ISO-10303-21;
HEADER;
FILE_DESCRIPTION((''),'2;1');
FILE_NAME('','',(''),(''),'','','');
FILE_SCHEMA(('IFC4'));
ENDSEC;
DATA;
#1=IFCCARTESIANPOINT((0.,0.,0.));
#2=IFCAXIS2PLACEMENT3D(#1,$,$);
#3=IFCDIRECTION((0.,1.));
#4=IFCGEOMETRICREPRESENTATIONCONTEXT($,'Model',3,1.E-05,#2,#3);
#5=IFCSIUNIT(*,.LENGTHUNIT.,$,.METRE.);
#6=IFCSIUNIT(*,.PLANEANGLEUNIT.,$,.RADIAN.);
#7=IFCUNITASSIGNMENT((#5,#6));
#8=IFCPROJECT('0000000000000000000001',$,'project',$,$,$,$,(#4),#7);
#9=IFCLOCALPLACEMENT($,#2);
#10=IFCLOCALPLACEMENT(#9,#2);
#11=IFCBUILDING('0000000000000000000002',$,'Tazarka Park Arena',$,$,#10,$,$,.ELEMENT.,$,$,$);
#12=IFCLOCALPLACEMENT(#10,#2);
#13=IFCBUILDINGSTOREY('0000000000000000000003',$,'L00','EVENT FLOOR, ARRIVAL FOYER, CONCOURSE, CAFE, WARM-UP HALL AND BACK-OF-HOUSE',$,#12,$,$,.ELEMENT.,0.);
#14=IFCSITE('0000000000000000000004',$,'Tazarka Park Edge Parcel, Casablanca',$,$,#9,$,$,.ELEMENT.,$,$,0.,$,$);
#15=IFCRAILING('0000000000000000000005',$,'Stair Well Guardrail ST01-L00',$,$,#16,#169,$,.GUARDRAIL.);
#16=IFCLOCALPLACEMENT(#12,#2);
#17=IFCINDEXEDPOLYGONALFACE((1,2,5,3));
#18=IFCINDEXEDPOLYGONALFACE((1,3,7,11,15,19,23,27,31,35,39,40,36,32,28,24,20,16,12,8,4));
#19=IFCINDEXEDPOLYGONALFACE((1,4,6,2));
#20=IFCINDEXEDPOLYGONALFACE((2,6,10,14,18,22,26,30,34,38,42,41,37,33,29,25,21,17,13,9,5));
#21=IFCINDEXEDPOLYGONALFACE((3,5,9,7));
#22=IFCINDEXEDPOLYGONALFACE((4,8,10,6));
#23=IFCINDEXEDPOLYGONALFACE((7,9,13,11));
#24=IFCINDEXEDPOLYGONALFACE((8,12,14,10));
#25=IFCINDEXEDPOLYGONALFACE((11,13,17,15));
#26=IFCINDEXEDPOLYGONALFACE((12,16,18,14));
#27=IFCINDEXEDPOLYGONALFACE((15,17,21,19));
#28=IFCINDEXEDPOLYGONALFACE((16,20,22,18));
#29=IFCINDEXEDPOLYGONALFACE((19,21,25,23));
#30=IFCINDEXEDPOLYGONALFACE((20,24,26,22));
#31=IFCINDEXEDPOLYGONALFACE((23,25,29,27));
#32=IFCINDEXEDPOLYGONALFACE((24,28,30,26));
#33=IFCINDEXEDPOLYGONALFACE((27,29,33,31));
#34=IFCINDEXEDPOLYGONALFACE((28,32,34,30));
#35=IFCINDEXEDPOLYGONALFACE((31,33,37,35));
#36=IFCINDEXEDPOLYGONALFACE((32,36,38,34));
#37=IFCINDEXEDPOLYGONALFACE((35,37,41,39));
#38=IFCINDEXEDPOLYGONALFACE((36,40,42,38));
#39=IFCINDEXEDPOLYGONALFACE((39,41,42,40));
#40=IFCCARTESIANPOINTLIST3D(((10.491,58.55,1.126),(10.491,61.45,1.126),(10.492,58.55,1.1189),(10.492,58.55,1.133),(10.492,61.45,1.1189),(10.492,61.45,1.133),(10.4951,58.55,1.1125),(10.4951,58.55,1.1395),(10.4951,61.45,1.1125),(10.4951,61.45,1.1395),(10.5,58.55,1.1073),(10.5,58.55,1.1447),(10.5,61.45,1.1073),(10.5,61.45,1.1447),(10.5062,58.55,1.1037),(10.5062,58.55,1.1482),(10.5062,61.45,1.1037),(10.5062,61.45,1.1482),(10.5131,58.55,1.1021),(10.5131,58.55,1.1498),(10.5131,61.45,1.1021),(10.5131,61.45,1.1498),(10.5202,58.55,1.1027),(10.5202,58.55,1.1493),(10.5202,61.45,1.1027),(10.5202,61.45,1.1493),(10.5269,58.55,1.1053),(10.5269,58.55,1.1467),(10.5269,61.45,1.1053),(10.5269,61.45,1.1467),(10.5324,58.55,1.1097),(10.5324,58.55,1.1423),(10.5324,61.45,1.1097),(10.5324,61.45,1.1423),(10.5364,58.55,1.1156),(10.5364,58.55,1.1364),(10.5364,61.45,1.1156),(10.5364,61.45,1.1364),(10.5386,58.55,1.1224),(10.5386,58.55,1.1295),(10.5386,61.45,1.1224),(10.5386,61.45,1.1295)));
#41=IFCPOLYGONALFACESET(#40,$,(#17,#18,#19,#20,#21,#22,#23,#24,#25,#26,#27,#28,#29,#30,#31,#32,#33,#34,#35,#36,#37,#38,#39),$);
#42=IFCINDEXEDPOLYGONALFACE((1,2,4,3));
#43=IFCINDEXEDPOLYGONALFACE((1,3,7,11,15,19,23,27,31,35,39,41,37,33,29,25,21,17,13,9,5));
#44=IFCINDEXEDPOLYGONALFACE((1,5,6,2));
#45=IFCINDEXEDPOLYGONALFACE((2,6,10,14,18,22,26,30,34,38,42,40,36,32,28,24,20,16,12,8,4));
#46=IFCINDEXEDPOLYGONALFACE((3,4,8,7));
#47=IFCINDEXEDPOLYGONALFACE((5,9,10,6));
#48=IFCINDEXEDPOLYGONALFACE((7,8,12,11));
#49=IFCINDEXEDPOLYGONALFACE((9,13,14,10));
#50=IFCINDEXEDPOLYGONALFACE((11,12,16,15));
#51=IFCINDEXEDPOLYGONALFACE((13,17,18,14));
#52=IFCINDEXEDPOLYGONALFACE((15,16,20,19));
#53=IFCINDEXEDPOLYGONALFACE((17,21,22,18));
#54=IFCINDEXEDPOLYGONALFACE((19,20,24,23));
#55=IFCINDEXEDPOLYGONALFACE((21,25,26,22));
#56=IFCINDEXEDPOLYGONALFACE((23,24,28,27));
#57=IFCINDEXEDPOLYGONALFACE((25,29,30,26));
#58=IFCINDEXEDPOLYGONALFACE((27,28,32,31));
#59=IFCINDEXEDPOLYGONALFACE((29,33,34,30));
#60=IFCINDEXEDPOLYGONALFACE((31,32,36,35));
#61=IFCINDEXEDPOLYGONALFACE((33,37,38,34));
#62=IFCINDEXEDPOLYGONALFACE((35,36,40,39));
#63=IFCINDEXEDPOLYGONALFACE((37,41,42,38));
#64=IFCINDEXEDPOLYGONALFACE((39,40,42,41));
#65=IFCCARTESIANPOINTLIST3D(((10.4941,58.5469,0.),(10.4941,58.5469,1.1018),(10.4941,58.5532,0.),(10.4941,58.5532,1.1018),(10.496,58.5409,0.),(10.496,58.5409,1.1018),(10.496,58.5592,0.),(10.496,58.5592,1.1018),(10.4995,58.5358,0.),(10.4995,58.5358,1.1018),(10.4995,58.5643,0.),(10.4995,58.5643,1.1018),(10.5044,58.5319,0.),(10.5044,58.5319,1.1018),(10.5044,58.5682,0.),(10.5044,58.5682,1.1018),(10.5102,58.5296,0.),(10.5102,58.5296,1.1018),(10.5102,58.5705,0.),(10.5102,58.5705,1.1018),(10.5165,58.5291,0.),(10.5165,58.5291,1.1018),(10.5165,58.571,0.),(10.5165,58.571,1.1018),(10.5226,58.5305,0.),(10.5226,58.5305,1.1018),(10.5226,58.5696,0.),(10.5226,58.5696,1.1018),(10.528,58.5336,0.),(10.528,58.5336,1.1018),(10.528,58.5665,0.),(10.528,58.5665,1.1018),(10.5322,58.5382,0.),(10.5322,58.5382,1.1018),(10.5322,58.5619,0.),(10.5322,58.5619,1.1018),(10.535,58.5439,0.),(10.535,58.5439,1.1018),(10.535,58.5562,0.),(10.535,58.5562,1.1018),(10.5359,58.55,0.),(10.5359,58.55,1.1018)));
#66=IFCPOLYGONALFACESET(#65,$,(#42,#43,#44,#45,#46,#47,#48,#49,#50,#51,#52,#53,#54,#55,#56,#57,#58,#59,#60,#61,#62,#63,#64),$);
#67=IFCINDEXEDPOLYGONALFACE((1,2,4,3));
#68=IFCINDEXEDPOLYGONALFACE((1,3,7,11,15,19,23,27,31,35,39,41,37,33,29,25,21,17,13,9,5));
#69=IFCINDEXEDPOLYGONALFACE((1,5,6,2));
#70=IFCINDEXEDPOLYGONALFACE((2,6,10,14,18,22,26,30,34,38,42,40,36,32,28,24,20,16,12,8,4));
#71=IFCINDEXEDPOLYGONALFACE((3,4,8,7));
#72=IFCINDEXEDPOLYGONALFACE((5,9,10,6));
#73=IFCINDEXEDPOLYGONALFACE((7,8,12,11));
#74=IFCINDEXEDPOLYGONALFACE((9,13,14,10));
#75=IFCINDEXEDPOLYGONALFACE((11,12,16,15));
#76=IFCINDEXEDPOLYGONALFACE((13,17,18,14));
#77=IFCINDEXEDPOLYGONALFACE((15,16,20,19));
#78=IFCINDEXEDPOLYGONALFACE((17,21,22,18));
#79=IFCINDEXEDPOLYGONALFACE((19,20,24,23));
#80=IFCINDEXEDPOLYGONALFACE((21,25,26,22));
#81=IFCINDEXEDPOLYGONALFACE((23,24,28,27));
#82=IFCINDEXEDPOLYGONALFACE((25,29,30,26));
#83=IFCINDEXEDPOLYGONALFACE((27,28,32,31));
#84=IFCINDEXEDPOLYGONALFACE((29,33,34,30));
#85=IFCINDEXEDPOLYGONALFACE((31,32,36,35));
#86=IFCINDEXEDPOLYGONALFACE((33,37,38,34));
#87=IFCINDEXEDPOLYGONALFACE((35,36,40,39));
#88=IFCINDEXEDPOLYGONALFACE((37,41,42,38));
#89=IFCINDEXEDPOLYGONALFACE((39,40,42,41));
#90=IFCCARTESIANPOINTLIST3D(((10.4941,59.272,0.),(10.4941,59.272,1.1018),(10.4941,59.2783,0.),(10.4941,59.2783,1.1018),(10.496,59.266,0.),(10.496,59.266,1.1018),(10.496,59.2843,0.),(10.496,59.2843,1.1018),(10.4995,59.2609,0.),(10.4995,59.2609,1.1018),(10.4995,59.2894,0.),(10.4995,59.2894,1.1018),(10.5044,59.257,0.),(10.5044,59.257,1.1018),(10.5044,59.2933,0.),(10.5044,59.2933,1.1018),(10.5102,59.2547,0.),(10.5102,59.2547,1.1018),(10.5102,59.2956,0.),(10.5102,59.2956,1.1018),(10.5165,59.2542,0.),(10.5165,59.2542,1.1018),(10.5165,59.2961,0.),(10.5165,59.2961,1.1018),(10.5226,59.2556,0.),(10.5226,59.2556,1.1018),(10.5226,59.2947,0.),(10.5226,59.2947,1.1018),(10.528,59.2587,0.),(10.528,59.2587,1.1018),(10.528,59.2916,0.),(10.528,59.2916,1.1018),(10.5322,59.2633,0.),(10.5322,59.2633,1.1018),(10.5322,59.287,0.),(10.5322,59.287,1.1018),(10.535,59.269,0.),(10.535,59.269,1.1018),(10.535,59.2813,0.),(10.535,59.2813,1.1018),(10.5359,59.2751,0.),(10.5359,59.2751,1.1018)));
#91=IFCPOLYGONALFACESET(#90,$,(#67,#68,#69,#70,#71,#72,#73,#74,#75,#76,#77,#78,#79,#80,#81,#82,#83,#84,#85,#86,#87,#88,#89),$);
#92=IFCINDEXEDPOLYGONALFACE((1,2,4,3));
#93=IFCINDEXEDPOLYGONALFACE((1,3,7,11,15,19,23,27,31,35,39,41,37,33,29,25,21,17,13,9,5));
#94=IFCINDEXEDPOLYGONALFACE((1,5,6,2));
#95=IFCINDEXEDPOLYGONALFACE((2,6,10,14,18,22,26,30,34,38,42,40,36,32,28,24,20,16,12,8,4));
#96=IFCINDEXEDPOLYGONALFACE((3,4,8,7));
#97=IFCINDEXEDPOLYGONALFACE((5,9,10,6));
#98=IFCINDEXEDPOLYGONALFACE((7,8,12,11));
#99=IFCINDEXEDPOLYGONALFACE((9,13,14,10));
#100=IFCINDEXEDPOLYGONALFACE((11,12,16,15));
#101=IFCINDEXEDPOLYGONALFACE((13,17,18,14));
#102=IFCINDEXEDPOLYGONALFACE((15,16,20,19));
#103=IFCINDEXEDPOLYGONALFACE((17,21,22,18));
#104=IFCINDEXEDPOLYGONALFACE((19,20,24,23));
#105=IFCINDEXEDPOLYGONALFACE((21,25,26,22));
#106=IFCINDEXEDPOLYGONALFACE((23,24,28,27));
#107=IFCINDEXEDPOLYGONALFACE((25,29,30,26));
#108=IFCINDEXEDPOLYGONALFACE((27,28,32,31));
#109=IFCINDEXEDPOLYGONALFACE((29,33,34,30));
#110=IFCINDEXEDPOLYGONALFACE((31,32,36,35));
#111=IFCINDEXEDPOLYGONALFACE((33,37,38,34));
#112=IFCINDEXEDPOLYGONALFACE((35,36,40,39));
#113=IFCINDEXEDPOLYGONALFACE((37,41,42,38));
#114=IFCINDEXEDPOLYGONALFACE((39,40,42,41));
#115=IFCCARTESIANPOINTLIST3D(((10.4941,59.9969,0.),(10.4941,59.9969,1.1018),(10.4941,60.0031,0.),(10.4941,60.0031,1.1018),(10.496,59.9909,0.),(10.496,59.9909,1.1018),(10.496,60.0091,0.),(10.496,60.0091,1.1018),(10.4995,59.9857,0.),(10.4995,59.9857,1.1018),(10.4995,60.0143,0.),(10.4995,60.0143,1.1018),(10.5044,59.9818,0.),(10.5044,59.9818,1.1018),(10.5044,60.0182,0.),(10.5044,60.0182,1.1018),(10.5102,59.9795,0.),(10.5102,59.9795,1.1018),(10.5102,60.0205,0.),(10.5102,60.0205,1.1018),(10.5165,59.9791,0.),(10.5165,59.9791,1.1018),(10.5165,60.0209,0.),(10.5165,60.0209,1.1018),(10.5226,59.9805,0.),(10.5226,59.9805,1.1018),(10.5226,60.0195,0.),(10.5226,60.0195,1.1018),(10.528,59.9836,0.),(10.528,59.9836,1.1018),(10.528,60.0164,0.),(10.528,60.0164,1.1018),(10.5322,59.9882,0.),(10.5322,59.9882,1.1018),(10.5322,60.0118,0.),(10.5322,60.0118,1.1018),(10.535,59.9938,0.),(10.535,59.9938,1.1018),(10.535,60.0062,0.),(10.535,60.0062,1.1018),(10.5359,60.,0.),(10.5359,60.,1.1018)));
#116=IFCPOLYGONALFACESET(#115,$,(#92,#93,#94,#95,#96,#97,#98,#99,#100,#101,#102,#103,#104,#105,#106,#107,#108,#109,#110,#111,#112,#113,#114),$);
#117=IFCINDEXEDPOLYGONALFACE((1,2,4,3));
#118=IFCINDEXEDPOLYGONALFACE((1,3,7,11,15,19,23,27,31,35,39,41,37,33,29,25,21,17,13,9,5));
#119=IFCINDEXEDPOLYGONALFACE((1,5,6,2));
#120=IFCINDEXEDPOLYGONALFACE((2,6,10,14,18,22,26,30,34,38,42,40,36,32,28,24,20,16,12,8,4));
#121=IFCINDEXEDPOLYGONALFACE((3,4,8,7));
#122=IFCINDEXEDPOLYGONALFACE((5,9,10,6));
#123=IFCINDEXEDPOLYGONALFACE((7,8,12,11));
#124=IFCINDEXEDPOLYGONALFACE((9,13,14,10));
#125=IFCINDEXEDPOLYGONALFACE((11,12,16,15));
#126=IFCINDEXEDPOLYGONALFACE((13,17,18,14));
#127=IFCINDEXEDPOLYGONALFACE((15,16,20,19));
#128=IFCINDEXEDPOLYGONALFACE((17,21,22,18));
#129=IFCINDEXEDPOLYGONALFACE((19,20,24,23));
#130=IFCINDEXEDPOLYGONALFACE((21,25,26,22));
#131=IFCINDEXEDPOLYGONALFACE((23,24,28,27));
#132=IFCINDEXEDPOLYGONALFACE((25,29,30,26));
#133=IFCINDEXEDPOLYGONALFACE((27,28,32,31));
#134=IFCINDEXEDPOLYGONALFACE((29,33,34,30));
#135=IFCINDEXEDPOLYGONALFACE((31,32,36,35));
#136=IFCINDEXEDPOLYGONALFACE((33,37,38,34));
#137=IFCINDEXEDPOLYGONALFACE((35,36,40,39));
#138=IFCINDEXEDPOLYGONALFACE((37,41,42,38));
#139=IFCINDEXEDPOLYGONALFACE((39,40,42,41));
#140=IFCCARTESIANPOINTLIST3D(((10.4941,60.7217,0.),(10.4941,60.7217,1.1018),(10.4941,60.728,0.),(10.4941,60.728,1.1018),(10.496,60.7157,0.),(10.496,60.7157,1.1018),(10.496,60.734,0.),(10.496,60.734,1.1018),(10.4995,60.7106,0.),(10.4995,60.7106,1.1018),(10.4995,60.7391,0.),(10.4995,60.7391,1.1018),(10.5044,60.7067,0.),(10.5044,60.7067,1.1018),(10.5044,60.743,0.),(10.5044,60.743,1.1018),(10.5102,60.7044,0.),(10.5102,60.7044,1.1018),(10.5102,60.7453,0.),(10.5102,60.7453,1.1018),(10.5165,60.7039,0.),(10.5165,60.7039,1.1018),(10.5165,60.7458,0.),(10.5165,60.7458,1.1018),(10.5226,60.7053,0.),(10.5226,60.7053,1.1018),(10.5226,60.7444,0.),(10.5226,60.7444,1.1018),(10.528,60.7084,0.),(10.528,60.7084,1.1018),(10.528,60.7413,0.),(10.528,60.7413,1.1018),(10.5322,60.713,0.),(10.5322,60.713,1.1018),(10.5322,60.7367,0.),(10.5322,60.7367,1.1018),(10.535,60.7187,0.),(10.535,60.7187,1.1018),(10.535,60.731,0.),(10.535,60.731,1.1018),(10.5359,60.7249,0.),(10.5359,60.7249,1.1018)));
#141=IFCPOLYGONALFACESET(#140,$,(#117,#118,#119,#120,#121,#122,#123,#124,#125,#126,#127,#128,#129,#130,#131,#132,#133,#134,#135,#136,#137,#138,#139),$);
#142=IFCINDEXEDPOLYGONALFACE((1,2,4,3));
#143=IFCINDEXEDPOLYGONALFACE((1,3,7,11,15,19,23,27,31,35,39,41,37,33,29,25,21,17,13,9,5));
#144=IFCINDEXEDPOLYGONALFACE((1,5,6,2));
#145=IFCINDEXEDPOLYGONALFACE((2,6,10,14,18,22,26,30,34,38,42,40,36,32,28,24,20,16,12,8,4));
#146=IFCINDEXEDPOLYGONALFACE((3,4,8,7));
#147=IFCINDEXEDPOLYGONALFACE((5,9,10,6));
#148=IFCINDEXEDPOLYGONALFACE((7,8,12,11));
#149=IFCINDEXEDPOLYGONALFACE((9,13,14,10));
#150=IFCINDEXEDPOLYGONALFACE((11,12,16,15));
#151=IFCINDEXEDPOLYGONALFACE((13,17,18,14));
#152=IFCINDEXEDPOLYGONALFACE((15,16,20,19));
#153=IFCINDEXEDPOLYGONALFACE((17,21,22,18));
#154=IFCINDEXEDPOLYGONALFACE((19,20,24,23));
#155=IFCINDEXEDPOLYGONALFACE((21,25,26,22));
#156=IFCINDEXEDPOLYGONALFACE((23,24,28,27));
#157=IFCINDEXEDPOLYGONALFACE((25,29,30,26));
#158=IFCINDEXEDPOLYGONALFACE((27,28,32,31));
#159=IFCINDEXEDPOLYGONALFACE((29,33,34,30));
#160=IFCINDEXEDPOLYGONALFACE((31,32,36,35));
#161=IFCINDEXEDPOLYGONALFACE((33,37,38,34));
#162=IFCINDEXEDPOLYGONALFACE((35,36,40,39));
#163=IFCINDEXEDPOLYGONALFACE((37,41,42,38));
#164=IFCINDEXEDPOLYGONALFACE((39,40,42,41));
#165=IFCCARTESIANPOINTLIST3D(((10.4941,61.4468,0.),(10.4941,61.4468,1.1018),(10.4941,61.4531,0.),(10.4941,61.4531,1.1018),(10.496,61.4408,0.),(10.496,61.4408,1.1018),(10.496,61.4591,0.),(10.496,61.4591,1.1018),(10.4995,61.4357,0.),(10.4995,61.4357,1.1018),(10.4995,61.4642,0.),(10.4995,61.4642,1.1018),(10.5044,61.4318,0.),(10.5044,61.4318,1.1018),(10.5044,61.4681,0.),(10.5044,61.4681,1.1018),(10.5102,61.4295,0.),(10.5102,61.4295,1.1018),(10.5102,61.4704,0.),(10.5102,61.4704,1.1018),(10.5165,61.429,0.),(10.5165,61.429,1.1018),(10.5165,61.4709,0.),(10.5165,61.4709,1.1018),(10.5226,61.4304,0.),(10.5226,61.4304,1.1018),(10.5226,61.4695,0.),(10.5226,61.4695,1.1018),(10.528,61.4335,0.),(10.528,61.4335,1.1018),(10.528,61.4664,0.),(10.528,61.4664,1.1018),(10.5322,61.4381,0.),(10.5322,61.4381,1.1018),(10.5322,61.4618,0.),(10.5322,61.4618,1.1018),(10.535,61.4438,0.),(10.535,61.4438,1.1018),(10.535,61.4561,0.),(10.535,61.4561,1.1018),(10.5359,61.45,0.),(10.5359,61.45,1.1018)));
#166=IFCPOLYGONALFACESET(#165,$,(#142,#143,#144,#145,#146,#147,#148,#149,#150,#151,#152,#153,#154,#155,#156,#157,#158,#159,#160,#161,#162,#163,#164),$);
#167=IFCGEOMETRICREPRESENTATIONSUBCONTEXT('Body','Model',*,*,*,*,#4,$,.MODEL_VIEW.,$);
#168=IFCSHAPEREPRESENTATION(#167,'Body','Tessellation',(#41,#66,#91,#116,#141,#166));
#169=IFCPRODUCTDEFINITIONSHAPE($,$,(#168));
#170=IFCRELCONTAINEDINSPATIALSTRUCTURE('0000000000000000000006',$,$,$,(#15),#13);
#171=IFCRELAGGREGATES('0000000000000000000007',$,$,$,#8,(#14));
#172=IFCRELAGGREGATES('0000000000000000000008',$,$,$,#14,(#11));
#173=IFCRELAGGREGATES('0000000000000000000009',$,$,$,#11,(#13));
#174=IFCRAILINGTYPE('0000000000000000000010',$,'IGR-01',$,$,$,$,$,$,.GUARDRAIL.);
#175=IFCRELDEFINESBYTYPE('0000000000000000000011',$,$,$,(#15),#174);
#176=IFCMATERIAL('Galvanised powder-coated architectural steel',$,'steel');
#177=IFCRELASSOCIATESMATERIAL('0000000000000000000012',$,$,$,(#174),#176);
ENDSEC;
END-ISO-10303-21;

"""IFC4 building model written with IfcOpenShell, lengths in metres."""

from ifc_helpers import new_model, si_unit, direction, frame, origin, origin_2d, place, context, subcontext, project, spatial, circle, extrude, material, type_object, element, save


model = new_model("IFC4")

# Units and contexts
model_context = context("Model", 3, precision=1e-05, world=origin(), true_north=direction((0.0, 1.0)))
body_context = subcontext(model_context, "Body", "Model", "MODEL_VIEW")
ifc_project = project(units=[si_unit("LENGTHUNIT", "METRE"), si_unit("PLANEANGLEUNIT", "RADIAN")], contexts=[model_context])

# Site, building, storey
site_placement = place(None, origin())
site = spatial("IfcSite", under=ifc_project, at=site_placement, Name="Tazarka Park Edge Parcel, Casablanca", CompositionType="ELEMENT", RefElevation=0.0)
building_placement = place(site_placement, origin())
building = spatial("IfcBuilding", under=site, at=building_placement, Name="Tazarka Park Arena", CompositionType="ELEMENT")
storey_placement = place(building_placement, origin())
storey = spatial("IfcBuildingStorey", under=building, at=storey_placement, Name="L00", Description="EVENT FLOOR, ARRIVAL FOYER, CONCOURSE, CAFE, WARM-UP HALL AND BACK-OF-HOUSE", CompositionType="ELEMENT", Elevation=0.0)

# Railing
ifc_material_1 = material(Name="Galvanised powder-coated architectural steel", Category="steel")
railing_type_1 = type_object("IfcRailingType", Name="IGR-01", PredefinedType="GUARDRAIL", material=ifc_material_1)
for number, where, name in (
    (1, (10.5149, 58.55, 0.0), "Stair Well Guardrail ST01-L00"),
):
    element("IfcRailing", number, at=place(storey_placement, frame(where)), inside=storey, type_object=railing_type_1, Name=name, PredefinedType="GUARDRAIL", context=body_context, shape_type="SweptSolid", body=[
        extrude(circle(Radius=0.0239, at=origin_2d()), frame((0.0, 0.0, 1.126), z_axis=(0.0, 1.0, 0.0), x_axis=(-1.0, 0.0, 0.0)), (0.0, 0.0, 1.0), 2.8999),
        extrude(circle(Radius=0.021, at=origin_2d()), origin(), (0.0, 0.0, 1.0), 1.1018),
        extrude(circle(Radius=0.021, at=origin_2d()), frame((0.0, 0.7251, 0.0)), (0.0, 0.0, 1.0), 1.1018),
        extrude(circle(Radius=0.021, at=origin_2d()), frame((0.0, 1.45, 0.0)), (0.0, 0.0, 1.0), 1.1018),
        extrude(circle(Radius=0.021, at=origin_2d()), frame((0.0, 2.1748, 0.0)), (0.0, 0.0, 1.0), 1.1018),
        extrude(circle(Radius=0.021, at=origin_2d()), frame((0.0, 2.8999, 0.0)), (0.0, 0.0, 1.0), 1.1018),
    ])

save(model, "model.ifc")
